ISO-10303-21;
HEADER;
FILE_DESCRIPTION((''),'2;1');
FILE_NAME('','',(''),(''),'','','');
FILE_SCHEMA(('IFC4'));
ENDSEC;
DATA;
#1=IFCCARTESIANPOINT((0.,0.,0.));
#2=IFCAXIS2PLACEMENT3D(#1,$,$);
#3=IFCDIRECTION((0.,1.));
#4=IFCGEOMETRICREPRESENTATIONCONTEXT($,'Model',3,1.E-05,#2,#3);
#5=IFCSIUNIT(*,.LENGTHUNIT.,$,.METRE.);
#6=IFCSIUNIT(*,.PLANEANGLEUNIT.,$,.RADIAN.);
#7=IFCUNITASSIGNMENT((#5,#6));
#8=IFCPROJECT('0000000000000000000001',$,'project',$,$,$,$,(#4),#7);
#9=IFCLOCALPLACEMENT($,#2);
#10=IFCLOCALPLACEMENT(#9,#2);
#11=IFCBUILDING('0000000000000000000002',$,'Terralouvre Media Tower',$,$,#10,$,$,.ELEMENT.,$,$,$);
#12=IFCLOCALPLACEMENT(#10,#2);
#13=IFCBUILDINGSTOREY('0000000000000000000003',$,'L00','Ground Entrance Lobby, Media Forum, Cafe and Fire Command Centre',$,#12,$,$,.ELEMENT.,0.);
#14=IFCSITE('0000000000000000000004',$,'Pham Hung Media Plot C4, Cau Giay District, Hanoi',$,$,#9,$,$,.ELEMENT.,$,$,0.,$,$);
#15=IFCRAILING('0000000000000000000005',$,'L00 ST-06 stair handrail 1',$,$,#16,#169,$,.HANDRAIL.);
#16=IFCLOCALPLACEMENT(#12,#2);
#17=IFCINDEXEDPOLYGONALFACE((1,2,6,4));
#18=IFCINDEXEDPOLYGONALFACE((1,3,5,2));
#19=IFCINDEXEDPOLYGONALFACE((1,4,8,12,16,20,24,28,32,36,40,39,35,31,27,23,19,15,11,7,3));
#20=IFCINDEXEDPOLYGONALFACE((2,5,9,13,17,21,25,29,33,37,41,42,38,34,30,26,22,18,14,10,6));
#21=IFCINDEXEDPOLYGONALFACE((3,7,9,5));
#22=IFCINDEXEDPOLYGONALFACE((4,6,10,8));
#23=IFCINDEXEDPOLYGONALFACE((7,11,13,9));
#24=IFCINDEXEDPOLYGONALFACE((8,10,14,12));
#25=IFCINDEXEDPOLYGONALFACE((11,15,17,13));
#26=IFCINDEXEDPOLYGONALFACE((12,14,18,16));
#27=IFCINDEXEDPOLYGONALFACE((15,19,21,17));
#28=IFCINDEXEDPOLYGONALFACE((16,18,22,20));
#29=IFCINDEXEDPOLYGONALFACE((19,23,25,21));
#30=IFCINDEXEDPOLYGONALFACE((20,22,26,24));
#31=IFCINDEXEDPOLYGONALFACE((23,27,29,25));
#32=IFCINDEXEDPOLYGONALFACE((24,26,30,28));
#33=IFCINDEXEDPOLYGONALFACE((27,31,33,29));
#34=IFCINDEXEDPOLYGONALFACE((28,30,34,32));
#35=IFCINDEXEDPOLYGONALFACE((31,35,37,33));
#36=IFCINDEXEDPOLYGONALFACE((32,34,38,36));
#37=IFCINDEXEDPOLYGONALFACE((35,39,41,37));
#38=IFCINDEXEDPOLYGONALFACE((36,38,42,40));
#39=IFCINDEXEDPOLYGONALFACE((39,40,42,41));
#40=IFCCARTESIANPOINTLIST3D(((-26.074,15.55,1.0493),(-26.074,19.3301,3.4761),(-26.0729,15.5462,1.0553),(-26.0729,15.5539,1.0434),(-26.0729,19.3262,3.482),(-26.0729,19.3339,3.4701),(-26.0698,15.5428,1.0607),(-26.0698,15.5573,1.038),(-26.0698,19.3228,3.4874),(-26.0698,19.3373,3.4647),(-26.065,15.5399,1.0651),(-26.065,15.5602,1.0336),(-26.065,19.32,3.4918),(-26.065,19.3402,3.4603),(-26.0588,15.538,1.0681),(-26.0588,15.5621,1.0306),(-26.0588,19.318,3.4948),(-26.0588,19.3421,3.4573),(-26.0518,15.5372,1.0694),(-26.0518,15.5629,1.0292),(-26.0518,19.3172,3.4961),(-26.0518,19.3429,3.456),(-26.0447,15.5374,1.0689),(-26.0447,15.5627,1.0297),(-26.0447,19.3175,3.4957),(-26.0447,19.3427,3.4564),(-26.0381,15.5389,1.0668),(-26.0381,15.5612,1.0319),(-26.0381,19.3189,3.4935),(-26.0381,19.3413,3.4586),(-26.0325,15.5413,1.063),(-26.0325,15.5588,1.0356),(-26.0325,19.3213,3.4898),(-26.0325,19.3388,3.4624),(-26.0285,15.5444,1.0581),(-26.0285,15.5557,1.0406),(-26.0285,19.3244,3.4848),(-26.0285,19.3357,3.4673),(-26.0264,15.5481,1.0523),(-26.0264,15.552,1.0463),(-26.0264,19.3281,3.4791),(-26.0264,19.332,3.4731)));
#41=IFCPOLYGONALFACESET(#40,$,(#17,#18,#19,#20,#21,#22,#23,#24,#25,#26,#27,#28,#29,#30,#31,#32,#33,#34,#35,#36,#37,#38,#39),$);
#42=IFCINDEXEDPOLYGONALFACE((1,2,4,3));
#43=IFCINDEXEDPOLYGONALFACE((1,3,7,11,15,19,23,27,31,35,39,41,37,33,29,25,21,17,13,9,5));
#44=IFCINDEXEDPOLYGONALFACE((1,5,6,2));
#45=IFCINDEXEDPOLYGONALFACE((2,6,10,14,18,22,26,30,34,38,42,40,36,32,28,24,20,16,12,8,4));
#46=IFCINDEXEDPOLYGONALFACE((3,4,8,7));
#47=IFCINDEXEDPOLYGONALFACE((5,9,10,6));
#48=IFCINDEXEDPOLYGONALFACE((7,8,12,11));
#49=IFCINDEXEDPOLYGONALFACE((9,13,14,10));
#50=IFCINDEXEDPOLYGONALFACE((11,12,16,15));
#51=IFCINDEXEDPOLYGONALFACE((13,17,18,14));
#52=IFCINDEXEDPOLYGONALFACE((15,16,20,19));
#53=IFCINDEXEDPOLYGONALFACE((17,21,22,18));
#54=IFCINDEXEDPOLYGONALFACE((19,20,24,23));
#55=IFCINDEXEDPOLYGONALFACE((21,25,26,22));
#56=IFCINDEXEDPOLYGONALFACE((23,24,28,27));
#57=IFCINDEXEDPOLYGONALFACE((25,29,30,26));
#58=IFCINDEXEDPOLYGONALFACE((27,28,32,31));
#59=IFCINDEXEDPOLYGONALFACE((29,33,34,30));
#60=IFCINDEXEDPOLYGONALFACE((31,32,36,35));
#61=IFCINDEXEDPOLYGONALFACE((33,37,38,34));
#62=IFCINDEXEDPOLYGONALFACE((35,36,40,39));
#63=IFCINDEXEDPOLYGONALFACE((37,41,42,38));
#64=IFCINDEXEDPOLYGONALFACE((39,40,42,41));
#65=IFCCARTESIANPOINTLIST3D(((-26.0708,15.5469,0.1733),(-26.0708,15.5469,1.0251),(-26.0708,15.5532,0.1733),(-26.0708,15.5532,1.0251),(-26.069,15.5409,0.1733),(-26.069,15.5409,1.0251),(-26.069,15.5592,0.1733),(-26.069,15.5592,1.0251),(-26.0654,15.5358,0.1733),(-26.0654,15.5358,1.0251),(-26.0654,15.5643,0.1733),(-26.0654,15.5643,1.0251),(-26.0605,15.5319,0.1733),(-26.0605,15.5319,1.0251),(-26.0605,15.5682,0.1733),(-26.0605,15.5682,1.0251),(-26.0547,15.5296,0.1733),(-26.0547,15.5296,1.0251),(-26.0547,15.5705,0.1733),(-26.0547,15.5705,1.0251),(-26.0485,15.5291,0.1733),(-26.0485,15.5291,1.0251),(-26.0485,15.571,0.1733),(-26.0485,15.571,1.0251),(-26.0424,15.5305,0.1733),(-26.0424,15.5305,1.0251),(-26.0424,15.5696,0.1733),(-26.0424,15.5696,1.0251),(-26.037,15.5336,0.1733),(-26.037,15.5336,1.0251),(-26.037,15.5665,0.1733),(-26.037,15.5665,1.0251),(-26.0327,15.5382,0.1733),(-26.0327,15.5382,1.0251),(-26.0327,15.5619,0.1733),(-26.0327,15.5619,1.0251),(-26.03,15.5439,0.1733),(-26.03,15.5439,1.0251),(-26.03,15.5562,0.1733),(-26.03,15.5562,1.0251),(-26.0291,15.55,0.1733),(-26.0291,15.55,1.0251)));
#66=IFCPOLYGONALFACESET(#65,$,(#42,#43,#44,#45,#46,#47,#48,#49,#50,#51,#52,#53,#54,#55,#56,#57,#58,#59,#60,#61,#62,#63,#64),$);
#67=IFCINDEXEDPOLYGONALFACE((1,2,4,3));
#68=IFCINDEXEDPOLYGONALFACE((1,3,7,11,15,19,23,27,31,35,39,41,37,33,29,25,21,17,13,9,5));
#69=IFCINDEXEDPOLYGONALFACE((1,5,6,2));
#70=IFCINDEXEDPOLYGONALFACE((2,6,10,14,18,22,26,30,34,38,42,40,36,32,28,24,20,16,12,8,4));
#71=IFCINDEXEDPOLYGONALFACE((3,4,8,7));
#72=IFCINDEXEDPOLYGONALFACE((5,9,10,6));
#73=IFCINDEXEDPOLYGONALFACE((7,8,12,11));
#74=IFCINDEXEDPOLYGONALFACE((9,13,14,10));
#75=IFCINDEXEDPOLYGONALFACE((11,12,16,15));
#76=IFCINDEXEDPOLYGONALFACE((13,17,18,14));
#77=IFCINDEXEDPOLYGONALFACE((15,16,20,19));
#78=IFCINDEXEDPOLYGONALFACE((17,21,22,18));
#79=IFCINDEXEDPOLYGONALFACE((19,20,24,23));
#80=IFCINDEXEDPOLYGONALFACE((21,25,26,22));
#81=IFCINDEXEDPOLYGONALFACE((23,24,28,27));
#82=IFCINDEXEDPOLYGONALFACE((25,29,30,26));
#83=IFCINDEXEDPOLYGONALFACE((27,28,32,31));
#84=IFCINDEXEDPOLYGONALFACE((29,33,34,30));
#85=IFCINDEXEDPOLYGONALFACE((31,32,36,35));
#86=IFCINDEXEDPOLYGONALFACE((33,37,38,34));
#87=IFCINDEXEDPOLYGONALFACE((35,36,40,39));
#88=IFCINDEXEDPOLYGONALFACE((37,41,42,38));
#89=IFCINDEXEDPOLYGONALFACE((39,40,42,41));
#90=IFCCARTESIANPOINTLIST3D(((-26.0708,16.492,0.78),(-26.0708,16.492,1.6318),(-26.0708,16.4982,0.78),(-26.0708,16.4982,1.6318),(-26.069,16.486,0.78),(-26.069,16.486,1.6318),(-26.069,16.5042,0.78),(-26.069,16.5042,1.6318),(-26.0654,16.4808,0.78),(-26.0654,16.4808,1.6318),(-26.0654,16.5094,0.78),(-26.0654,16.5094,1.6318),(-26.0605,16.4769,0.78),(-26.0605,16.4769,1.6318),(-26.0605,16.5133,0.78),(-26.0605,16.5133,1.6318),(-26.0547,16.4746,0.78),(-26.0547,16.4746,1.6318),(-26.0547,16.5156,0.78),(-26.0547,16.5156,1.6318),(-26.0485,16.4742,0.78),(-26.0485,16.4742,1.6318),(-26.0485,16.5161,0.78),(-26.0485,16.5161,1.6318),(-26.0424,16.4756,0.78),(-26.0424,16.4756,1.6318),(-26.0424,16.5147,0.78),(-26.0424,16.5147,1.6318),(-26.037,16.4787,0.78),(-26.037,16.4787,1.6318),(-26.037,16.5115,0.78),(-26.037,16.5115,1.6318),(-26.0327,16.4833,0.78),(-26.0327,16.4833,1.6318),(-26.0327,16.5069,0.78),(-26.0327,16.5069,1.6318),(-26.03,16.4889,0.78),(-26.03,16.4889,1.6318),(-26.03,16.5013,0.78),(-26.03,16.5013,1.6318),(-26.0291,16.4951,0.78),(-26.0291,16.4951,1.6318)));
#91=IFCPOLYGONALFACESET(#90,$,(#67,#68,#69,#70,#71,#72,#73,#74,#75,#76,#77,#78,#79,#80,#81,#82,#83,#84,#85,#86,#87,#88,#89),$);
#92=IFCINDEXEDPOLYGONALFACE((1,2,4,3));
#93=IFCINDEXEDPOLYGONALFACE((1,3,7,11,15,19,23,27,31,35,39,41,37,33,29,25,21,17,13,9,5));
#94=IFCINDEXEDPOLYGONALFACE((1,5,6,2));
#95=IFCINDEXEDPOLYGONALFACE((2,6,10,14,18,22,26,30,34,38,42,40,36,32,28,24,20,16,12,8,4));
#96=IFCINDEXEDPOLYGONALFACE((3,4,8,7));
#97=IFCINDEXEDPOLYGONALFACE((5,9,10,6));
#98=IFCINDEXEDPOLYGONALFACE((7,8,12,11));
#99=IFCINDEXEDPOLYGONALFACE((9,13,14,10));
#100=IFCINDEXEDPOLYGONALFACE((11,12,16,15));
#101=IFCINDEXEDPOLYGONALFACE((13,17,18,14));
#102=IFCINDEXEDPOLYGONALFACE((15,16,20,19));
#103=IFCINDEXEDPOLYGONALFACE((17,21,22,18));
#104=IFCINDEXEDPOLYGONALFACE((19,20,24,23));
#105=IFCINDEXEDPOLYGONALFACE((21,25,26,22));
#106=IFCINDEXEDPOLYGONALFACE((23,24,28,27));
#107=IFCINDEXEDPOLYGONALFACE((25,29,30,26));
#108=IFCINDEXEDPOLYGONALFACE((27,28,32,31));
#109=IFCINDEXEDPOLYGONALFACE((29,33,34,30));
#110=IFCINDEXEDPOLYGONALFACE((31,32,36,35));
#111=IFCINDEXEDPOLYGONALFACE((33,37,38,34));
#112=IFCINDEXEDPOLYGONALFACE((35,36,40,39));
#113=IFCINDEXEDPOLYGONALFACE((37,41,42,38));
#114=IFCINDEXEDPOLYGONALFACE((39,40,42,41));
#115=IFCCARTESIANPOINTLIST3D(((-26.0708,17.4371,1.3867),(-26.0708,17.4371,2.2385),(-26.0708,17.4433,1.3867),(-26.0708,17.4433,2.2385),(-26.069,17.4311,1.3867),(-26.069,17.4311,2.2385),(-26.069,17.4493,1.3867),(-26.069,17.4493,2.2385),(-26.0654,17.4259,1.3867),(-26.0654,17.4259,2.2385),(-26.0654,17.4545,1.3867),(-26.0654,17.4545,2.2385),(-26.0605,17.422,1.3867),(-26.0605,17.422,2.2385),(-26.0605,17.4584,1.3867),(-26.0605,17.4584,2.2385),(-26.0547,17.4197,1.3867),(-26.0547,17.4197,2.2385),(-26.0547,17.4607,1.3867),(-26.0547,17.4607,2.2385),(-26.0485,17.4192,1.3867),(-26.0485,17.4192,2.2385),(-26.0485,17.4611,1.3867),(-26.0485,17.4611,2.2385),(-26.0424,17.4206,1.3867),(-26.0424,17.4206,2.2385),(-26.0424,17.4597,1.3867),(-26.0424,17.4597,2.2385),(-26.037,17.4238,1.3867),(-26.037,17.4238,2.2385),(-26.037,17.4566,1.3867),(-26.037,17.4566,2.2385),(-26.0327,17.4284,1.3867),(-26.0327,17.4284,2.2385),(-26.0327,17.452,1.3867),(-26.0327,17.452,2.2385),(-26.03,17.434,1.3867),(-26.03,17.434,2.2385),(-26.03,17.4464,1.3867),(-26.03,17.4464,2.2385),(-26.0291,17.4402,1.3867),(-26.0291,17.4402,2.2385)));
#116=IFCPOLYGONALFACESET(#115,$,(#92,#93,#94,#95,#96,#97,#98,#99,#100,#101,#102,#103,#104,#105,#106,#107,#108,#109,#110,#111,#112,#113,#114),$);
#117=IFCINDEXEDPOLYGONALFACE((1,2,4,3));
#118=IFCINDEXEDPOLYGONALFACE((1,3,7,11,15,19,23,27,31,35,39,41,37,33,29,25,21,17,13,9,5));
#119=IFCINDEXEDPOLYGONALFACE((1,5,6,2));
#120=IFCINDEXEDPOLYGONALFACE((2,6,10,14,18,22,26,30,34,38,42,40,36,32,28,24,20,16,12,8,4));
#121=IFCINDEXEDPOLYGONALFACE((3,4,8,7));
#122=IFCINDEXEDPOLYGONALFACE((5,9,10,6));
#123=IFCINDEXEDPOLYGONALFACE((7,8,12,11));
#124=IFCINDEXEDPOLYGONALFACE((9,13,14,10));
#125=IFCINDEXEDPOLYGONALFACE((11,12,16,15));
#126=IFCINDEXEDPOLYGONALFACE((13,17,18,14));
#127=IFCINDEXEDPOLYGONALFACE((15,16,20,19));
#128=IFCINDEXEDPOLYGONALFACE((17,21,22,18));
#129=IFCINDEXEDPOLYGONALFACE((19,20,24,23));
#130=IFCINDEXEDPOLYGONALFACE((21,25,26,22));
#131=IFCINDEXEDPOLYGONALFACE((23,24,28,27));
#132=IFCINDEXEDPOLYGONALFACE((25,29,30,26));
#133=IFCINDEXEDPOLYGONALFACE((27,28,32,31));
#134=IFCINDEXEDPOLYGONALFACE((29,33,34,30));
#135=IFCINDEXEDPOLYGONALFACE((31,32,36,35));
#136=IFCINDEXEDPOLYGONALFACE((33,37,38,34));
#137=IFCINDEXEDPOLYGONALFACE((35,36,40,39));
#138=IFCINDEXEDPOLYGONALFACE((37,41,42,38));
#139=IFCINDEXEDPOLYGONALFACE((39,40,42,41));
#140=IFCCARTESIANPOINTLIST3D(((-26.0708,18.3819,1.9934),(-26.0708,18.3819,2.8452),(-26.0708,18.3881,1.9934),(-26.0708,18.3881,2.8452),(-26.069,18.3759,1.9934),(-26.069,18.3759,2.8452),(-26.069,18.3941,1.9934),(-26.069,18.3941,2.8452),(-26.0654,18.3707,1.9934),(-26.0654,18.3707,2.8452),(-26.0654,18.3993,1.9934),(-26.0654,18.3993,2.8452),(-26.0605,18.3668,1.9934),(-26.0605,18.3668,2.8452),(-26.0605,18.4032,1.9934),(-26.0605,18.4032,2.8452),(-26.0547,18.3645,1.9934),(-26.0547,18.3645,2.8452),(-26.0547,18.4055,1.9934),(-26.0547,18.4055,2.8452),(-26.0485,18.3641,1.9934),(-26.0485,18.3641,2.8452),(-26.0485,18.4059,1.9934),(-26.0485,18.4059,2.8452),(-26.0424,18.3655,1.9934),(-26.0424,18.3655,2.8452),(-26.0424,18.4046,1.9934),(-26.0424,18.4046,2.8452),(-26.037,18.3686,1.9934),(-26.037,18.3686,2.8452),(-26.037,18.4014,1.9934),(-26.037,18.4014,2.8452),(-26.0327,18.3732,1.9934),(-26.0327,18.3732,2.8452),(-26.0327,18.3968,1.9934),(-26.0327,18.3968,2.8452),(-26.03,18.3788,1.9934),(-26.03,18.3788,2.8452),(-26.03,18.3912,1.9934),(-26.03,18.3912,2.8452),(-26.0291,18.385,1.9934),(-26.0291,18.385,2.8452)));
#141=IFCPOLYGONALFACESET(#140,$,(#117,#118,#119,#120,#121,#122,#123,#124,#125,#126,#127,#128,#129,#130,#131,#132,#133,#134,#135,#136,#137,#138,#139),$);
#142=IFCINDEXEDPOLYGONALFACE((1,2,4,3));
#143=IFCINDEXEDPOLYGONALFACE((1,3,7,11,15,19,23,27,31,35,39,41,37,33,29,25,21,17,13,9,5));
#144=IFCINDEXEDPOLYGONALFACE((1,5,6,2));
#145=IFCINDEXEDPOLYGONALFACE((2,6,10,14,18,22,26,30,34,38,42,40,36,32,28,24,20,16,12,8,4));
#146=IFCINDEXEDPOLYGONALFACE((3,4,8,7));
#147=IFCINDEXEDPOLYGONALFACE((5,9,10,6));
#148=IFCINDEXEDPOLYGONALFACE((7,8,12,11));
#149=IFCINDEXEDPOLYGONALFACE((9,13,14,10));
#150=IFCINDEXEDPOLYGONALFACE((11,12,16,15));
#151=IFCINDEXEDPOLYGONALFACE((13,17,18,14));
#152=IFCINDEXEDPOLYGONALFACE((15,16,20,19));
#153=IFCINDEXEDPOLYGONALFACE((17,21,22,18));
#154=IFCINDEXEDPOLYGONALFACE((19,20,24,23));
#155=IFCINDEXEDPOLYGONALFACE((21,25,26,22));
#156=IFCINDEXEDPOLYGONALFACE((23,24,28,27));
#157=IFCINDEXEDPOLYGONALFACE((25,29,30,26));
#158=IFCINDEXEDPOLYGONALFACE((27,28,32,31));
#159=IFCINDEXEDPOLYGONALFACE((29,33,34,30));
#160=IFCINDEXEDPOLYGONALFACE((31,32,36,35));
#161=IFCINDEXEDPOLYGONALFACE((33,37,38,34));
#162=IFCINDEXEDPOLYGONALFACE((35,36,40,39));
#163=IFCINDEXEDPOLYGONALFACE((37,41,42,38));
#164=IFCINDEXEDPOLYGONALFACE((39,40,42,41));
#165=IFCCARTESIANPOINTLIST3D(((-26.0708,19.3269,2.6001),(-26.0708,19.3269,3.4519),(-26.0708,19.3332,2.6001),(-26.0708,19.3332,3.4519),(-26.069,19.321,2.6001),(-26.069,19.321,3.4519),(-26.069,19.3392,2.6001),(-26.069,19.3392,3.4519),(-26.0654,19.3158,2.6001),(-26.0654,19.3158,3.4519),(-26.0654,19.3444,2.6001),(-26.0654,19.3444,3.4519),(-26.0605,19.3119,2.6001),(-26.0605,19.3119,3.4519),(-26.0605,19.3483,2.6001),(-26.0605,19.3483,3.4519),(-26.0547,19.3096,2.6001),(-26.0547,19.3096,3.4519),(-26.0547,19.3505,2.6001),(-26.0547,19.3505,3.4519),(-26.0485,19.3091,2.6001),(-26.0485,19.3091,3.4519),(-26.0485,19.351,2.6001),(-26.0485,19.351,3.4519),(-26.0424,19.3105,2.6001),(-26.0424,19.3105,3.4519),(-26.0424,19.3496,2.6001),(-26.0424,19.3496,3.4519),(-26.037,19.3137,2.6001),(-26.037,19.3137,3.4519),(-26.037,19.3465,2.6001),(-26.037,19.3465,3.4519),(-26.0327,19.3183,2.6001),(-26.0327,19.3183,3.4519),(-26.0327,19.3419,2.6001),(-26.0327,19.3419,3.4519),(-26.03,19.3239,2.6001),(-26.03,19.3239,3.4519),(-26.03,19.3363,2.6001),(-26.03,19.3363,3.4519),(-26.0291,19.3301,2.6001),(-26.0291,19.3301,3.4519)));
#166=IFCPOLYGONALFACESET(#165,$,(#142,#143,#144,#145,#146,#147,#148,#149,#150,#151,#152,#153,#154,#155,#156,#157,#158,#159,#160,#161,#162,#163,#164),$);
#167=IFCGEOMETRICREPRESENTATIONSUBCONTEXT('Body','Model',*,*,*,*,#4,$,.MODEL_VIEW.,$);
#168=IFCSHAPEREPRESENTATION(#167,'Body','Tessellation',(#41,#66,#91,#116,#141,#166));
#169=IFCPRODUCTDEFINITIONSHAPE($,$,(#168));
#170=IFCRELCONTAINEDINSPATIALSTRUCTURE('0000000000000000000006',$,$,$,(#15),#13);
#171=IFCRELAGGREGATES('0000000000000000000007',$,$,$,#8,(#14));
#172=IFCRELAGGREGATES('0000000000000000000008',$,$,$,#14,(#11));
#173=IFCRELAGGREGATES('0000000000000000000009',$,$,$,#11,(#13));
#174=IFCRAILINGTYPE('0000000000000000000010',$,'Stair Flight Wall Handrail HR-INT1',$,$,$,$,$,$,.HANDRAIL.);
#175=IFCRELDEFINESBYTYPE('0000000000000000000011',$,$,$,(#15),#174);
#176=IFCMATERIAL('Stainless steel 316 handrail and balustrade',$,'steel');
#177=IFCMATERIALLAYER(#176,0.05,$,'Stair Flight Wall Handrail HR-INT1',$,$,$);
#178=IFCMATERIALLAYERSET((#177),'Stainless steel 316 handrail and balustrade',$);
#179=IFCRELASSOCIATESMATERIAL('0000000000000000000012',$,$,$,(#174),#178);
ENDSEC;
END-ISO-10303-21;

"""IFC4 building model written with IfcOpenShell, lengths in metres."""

from ifc_helpers import new_model, si_unit, direction, frame, origin, origin_2d, place, context, subcontext, project, spatial, circle, extrude, material, layer, layer_set, type_object, element, save


model = new_model("IFC4")

# Units and contexts
model_context = context("Model", 3, precision=1e-05, world=origin(), true_north=direction((0.0, 1.0)))
body_context = subcontext(model_context, "Body", "Model", "MODEL_VIEW")
ifc_project = project(units=[si_unit("LENGTHUNIT", "METRE"), si_unit("PLANEANGLEUNIT", "RADIAN")], contexts=[model_context])

# Site, building, storey
site_placement = place(None, origin())
site = spatial("IfcSite", under=ifc_project, at=site_placement, Name="Pham Hung Media Plot C4, Cau Giay District, Hanoi", CompositionType="ELEMENT", RefElevation=0.0)
building_placement = place(site_placement, origin())
building = spatial("IfcBuilding", under=site, at=building_placement, Name="Terralouvre Media Tower", CompositionType="ELEMENT")
storey_placement = place(building_placement, origin())
storey = spatial("IfcBuildingStorey", under=building, at=storey_placement, Name="L00", Description="Ground Entrance Lobby, Media Forum, Cafe and Fire Command Centre", CompositionType="ELEMENT", Elevation=0.0)

# Railing
ifc_material_1 = material(Name="Stainless steel 316 handrail and balustrade", Category="steel")
ifc_layer_1 = layer(ifc_material_1, 0.05, Name="Stair Flight Wall Handrail HR-INT1")
ifc_layer_set_1 = layer_set([ifc_layer_1], Name="Stainless steel 316 handrail and balustrade")
railing_type_1 = type_object("IfcRailingType", Name="Stair Flight Wall Handrail HR-INT1", PredefinedType="HANDRAIL", material=ifc_layer_set_1)
railing_1_placement = place(storey_placement, frame((-26.05, 15.55, 0.1733)))
element("IfcRailing", 1, at=railing_1_placement, inside=storey, type_object=railing_type_1, Name="L00 ST-06 stair handrail 1", PredefinedType="HANDRAIL", context=body_context, shape_type="SweptSolid", body=[
    extrude(circle(Radius=0.0239, at=origin_2d()), frame((0.0, 0.0, 0.876), z_axis=(0.0, 0.841509, 0.540244), x_axis=(-1.0, 0.0, 0.0)), (0.0, 0.0, 1.0), 4.4919),
    extrude(circle(Radius=0.021, at=origin_2d()), origin(), (0.0, 0.0, 1.0), 0.8518),
    extrude(circle(Radius=0.021, at=origin_2d()), frame((0.0, 0.9451, 0.6067)), (0.0, 0.0, 1.0), 0.8518),
    extrude(circle(Radius=0.021, at=origin_2d()), frame((0.0, 1.8901, 1.2134)), (0.0, 0.0, 1.0), 0.8518),
    extrude(circle(Radius=0.021, at=origin_2d()), frame((0.0, 2.835, 1.8201)), (0.0, 0.0, 1.0), 0.8518),
    extrude(circle(Radius=0.021, at=origin_2d()), frame((0.0, 3.78, 2.4268)), (0.0, 0.0, 1.0), 0.8518),
])

save(model, "model.ifc")
